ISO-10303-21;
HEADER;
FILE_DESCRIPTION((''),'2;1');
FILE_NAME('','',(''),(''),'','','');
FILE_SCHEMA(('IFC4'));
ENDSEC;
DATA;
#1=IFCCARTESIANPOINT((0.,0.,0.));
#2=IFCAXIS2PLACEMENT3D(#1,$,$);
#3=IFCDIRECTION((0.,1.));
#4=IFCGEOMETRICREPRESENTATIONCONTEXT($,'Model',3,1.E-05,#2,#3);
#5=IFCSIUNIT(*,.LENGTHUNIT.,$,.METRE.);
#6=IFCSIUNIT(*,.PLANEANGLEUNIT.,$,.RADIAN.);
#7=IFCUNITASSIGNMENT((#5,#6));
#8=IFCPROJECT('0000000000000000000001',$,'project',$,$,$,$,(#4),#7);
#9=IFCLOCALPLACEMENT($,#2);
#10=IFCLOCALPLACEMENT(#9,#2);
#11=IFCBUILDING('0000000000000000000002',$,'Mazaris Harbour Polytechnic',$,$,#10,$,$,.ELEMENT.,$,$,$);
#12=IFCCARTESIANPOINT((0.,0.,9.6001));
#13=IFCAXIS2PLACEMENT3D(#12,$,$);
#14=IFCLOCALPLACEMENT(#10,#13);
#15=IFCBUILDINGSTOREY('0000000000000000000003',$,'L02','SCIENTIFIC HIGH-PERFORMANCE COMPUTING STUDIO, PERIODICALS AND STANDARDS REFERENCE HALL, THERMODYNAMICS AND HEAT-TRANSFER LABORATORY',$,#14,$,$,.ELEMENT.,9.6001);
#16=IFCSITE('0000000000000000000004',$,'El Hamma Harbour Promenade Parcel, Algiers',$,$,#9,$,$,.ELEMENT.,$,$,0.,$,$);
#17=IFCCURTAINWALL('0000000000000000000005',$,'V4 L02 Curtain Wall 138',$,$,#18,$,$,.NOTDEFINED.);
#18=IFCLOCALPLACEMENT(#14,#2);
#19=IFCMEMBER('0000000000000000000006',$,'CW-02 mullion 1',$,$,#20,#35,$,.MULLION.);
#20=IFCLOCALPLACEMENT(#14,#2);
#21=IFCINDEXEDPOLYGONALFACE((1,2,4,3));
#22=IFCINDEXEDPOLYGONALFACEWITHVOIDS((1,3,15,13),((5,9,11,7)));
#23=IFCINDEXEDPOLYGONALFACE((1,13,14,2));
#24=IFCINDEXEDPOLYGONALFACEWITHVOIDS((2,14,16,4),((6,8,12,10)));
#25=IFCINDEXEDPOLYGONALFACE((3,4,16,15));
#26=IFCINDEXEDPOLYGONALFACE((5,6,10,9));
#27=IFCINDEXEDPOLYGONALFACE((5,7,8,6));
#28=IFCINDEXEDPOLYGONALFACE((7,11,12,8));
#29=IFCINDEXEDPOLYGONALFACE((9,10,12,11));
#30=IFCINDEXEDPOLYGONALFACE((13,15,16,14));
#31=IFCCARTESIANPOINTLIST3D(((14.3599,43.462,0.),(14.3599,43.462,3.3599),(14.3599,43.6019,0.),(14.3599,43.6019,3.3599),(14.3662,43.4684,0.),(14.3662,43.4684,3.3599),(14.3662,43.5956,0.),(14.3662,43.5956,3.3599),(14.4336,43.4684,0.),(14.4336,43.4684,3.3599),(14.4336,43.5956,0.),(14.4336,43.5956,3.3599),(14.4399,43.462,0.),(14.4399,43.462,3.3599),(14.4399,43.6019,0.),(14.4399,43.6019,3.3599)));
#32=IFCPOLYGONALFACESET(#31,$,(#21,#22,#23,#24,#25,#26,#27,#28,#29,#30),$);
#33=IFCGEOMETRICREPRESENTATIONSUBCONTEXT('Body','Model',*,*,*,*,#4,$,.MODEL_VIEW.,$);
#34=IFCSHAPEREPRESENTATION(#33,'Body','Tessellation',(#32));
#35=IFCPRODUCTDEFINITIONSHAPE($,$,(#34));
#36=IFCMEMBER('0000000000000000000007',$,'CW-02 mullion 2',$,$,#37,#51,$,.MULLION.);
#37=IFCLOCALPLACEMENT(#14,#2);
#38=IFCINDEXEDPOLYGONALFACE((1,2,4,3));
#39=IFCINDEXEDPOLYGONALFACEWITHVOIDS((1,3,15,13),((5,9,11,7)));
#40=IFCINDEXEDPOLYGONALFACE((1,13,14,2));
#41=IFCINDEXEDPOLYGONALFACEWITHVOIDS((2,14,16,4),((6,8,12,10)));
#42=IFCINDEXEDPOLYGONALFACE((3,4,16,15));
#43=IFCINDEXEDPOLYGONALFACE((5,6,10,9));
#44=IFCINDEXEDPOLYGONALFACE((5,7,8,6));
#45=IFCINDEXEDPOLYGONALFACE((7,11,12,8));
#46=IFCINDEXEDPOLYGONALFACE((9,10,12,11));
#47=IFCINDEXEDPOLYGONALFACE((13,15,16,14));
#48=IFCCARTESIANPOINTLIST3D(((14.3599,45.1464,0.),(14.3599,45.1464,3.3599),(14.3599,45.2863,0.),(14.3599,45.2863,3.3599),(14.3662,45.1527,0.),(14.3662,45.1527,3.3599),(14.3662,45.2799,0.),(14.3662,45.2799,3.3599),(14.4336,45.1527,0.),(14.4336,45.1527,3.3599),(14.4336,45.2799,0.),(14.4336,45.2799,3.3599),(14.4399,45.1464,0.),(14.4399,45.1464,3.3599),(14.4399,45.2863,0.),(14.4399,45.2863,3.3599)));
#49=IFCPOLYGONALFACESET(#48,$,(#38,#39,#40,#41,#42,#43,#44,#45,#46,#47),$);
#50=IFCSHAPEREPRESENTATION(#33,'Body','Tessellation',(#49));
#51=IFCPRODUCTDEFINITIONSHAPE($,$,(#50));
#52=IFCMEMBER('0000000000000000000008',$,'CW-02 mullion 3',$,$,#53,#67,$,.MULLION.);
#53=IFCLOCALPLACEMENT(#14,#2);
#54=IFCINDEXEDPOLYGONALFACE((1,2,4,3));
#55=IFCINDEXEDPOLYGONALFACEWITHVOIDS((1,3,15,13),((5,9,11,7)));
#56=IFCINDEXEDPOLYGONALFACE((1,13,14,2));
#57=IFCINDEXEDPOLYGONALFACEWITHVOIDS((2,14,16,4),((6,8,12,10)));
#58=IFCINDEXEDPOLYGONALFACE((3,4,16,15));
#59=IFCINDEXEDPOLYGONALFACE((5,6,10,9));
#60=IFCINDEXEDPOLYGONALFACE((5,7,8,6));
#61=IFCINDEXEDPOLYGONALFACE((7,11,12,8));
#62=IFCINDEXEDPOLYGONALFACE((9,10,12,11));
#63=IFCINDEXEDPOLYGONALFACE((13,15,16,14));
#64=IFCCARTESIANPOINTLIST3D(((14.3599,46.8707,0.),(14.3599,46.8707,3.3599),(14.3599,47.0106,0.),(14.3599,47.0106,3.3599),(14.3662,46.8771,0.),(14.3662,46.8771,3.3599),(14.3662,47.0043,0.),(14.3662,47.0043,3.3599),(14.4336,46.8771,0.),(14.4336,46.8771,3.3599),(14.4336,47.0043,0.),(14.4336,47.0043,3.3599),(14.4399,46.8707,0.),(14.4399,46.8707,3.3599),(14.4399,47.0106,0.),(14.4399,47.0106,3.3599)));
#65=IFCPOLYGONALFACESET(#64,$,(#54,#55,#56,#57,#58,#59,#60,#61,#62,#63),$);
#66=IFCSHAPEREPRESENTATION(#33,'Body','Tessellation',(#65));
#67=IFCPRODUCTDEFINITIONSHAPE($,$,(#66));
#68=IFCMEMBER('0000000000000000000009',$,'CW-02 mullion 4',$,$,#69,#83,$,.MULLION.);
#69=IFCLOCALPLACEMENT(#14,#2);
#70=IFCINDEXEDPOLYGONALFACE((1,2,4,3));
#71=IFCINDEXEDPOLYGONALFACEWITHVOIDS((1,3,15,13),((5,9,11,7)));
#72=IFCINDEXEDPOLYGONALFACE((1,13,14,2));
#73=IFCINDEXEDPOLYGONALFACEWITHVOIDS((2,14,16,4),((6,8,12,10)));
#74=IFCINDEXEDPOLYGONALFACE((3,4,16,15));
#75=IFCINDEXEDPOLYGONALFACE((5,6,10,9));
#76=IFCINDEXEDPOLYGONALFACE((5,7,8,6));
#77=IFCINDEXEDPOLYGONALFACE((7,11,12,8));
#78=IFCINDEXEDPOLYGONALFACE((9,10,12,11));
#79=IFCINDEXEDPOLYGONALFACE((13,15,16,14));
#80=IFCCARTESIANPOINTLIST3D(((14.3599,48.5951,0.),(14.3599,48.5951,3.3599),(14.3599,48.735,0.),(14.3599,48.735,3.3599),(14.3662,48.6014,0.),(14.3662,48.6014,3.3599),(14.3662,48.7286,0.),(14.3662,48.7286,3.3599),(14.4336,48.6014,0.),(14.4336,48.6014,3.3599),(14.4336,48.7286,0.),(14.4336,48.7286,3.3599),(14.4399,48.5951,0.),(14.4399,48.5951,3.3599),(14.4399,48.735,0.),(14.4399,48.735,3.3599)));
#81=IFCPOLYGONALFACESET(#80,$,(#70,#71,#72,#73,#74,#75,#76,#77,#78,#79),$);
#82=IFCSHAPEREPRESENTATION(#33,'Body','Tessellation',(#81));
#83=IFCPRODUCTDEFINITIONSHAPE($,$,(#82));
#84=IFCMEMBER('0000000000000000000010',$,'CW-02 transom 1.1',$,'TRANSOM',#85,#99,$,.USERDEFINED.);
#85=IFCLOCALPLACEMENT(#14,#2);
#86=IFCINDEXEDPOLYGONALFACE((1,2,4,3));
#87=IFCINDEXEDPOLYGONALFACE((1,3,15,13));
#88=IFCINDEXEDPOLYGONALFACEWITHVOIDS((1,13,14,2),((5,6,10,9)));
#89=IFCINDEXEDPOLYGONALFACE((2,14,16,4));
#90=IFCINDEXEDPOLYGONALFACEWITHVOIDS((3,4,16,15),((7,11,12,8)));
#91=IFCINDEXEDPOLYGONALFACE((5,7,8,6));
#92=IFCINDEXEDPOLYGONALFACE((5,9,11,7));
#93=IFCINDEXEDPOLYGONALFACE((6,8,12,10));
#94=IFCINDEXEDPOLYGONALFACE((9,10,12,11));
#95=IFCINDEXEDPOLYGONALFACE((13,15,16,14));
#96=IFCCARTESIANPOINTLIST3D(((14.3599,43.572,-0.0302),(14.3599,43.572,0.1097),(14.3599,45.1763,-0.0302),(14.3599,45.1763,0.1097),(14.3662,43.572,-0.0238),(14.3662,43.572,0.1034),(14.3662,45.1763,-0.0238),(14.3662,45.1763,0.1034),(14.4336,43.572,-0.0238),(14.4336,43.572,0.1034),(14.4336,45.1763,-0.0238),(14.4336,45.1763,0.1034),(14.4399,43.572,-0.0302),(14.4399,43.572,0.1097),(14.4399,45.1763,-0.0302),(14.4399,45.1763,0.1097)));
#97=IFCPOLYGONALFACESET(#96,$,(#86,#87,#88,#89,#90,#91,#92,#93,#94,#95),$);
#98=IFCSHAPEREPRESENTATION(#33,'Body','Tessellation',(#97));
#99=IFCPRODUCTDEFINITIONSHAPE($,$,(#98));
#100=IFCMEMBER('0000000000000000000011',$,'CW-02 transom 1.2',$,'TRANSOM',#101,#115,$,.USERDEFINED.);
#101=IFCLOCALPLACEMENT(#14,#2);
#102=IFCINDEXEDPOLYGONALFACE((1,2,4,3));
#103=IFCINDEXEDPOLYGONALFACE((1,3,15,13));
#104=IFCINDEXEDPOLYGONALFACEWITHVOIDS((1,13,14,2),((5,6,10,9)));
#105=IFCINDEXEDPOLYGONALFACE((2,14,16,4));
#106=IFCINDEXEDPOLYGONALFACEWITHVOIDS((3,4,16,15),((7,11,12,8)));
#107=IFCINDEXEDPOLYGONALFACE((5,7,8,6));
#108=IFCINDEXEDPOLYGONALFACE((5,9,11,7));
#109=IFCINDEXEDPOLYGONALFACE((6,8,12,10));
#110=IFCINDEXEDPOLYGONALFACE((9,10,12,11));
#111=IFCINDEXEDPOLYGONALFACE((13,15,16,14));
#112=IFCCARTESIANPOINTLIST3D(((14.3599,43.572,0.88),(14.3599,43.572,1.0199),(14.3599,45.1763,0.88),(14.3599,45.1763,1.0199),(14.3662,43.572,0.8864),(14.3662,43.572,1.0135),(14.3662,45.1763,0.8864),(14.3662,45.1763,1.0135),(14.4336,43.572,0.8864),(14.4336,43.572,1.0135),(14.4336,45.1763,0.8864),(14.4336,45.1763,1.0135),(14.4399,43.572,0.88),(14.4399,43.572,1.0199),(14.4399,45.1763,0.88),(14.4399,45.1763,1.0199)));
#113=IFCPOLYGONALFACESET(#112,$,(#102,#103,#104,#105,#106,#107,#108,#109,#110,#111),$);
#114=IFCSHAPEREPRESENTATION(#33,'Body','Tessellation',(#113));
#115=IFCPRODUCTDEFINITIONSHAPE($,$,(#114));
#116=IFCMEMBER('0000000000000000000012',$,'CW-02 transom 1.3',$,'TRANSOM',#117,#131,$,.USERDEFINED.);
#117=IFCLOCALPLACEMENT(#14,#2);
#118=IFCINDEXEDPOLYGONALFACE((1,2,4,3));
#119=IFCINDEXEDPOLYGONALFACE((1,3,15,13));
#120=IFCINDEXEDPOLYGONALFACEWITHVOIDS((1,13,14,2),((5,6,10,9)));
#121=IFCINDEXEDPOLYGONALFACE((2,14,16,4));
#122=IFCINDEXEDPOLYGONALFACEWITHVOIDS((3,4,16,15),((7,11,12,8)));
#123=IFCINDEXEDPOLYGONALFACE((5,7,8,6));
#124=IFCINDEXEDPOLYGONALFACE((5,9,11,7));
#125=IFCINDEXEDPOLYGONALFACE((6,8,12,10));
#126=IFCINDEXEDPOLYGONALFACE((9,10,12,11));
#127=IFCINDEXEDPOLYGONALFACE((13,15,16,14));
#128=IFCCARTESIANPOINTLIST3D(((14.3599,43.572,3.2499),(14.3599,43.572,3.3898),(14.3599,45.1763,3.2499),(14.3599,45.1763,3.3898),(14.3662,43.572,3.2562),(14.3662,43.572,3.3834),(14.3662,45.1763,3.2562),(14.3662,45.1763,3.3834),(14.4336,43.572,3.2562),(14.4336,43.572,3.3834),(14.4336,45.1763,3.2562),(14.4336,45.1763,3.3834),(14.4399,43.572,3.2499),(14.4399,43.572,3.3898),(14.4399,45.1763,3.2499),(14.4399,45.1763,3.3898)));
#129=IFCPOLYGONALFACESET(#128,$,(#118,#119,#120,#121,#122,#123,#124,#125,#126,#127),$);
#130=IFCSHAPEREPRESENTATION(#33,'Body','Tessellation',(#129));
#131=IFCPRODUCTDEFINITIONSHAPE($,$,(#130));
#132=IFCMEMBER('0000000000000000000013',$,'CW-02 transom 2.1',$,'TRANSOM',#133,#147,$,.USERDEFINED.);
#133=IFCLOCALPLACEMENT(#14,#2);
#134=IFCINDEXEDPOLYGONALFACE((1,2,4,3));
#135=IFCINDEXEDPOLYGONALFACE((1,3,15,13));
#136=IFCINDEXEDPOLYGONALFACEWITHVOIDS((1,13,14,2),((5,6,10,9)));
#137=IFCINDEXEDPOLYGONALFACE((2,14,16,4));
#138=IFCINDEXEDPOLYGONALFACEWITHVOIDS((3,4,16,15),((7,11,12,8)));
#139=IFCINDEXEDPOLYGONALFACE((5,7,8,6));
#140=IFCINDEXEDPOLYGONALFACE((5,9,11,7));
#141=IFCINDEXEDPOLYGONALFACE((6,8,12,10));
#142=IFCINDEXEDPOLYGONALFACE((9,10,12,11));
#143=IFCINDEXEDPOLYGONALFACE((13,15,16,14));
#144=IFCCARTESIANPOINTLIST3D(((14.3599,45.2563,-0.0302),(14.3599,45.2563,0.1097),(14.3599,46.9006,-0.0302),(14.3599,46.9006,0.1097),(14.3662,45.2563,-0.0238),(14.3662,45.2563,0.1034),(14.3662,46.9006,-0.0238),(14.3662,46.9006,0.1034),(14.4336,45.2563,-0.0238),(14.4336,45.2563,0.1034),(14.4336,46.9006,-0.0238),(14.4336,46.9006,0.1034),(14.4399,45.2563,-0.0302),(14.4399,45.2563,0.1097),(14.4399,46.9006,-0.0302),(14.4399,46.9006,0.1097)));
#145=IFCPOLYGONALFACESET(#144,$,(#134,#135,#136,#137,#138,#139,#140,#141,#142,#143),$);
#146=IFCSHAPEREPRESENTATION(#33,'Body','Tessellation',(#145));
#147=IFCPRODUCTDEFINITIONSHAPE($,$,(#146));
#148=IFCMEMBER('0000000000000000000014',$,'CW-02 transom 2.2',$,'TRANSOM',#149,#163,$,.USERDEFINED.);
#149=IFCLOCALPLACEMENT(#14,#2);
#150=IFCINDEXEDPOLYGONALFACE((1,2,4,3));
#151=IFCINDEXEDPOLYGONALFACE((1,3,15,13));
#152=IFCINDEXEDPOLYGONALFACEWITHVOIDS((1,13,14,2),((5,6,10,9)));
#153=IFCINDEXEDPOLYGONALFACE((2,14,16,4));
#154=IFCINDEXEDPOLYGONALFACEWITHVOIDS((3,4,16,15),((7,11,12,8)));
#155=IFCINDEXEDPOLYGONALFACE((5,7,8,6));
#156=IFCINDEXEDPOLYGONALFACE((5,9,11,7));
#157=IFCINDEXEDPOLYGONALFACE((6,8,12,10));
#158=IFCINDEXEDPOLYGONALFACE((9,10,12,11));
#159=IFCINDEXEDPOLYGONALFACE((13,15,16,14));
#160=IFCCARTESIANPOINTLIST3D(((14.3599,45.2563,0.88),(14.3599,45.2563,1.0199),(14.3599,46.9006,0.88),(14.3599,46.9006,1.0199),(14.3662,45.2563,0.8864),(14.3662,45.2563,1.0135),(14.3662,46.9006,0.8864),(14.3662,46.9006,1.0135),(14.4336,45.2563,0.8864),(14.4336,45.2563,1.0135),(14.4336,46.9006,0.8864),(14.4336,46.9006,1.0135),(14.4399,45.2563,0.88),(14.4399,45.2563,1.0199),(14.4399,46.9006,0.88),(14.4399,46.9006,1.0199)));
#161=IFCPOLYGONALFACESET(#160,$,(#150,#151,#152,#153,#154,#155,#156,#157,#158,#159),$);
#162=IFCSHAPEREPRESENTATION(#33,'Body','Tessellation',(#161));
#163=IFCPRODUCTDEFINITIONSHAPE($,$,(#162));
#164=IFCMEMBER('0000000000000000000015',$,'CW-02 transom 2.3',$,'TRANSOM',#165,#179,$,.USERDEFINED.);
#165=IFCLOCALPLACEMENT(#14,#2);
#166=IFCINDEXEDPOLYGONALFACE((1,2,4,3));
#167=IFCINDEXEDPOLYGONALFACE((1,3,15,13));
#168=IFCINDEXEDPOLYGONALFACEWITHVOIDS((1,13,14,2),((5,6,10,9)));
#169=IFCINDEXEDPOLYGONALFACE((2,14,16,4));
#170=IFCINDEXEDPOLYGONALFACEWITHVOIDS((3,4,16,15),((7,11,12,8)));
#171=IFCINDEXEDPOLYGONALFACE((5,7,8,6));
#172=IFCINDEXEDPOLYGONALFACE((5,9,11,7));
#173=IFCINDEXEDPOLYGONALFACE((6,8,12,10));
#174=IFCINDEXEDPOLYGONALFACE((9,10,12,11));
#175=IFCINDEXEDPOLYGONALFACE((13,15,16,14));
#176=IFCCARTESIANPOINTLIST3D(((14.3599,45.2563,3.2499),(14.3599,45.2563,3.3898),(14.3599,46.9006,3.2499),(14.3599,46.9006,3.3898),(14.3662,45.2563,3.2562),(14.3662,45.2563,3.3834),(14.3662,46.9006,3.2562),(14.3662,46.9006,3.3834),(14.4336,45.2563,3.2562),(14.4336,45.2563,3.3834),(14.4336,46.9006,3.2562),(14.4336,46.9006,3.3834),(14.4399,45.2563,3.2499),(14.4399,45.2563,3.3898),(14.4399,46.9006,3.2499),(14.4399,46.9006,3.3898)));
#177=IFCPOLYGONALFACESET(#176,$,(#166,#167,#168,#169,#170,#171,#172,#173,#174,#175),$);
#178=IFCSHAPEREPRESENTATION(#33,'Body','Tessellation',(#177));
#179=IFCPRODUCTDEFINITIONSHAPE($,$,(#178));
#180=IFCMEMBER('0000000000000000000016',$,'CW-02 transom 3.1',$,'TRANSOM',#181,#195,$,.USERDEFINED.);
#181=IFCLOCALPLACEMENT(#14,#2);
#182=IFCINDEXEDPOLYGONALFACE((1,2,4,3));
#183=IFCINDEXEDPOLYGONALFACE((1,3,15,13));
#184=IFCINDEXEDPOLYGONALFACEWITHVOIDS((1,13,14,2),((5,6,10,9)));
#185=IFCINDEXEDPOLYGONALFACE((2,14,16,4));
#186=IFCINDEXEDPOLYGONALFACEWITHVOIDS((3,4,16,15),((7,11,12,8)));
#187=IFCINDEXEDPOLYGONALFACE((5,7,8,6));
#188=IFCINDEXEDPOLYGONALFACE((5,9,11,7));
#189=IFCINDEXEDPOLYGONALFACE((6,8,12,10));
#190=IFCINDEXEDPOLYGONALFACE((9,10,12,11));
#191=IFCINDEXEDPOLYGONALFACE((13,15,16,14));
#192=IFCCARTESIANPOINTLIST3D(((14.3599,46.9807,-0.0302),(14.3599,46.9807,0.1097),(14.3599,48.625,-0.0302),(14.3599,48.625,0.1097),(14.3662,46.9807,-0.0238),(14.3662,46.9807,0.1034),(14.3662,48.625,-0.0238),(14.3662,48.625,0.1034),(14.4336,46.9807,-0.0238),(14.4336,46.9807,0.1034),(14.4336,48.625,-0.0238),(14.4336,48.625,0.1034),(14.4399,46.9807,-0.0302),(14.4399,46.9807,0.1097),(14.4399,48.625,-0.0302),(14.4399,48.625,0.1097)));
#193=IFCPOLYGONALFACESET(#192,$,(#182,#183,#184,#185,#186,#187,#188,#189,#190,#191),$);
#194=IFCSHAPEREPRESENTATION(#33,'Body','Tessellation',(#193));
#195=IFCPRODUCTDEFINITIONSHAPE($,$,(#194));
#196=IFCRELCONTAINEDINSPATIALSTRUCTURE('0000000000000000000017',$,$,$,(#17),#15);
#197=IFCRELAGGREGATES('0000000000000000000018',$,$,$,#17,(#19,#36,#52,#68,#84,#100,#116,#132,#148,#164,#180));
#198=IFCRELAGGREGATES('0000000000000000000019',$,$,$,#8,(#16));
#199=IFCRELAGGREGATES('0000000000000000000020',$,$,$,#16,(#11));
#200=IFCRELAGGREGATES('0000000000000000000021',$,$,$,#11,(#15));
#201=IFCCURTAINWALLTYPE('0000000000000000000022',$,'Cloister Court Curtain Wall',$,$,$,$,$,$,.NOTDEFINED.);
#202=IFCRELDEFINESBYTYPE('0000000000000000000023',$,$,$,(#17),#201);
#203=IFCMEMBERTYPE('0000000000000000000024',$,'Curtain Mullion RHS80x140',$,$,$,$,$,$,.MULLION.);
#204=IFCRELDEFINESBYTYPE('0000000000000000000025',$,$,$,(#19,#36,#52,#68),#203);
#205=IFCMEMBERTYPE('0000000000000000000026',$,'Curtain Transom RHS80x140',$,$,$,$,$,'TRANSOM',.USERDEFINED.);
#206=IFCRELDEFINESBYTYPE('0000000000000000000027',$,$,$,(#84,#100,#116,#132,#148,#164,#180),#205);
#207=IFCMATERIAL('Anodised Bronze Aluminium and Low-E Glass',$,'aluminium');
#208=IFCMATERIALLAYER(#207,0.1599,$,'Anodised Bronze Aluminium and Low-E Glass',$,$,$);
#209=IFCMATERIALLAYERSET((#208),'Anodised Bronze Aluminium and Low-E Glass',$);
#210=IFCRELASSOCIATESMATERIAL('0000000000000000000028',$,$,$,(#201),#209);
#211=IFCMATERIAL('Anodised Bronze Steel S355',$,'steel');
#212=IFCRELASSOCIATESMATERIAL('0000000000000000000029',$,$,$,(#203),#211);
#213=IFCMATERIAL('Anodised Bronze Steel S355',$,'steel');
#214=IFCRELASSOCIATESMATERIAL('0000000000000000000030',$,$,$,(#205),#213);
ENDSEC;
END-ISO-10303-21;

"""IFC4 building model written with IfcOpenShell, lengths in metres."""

from ifc_helpers import new_model, si_unit, direction, frame, origin, origin_2d, place, context, subcontext, project, spatial, hollow_rectangle, extrude, material, layer, layer_set, material_profile, profile_set, type_object, element, aggregate, save


model = new_model("IFC4")

# Units and contexts
model_context = context("Model", 3, precision=1e-05, world=origin(), true_north=direction((0.0, 1.0)))
body_context = subcontext(model_context, "Body", "Model", "MODEL_VIEW")
ifc_project = project(units=[si_unit("LENGTHUNIT", "METRE"), si_unit("PLANEANGLEUNIT", "RADIAN")], contexts=[model_context])

# Site, building, storey
site_placement = place(None, origin())
site = spatial("IfcSite", under=ifc_project, at=site_placement, Name="El Hamma Harbour Promenade Parcel, Algiers", CompositionType="ELEMENT", RefElevation=0.0)
building_placement = place(site_placement, origin())
building = spatial("IfcBuilding", under=site, at=building_placement, Name="Mazaris Harbour Polytechnic", CompositionType="ELEMENT")
storey_placement = place(building_placement, frame((0.0, 0.0, 9.6001)))
storey = spatial("IfcBuildingStorey", under=building, at=storey_placement, Name="L02", Description="SCIENTIFIC HIGH-PERFORMANCE COMPUTING STUDIO, PERIODICALS AND STANDARDS REFERENCE HALL, THERMODYNAMICS AND HEAT-TRANSFER LABORATORY", CompositionType="ELEMENT", Elevation=9.6001)

# Curtain wall, members
ifc_material_1 = material(Name="Anodised Bronze Aluminium and Low-E Glass", Category="aluminium")
ifc_layer_1 = layer(ifc_material_1, 0.1599, Name="Anodised Bronze Aluminium and Low-E Glass")
ifc_layer_set_1 = layer_set([ifc_layer_1], Name="Anodised Bronze Aluminium and Low-E Glass")
curtain_wall_type = type_object("IfcCurtainWallType", Name="Cloister Court Curtain Wall", PredefinedType="NOTDEFINED", material=ifc_layer_set_1)
curtain_wall_placement = place(storey_placement, origin())
curtain_wall = element("IfcCurtainWall", 1, at=curtain_wall_placement, inside=storey, type_object=curtain_wall_type, Name="V4 L02 Curtain Wall 138", PredefinedType="NOTDEFINED")
ifc_material_2 = material(Name="Anodised Bronze Steel S355", Category="steel")
ifc_material_profile_1 = material_profile(ifc_material_2, hollow_rectangle(XDim=0.0801, YDim=0.1399, WallThickness=0.0063, at=origin_2d()), Name="RHS 80x140x6.3")
ifc_profile_set_1 = profile_set([ifc_material_profile_1], Name="Anodised Bronze Steel S355")
member_type_1 = type_object("IfcMemberType", Name="Curtain Mullion RHS80x140", PredefinedType="MULLION", material=ifc_profile_set_1)
member_1_placement = place(storey_placement, frame((14.3999, 43.532, 0.0), z_axis=(0.0, 0.0, 1.0), x_axis=(-1.0, 0.0, 0.0)))
member_1 = element("IfcMember", 2, at=member_1_placement, type_object=member_type_1, Name="CW-02 mullion 1", PredefinedType="MULLION", context=body_context, shape_type="SweptSolid", body=[
    extrude(hollow_rectangle(XDim=0.0801, YDim=0.1399, WallThickness=0.0063, at=origin_2d()), origin(), (0.0, 0.0, 1.0), 3.3599),
])
member_2_placement = place(storey_placement, frame((14.3999, 45.2163, 0.0), z_axis=(0.0, 0.0, 1.0), x_axis=(-1.0, 0.0, 0.0)))
member_2 = element("IfcMember", 3, at=member_2_placement, type_object=member_type_1, Name="CW-02 mullion 2", PredefinedType="MULLION", context=body_context, shape_type="SweptSolid", body=[
    extrude(hollow_rectangle(XDim=0.0801, YDim=0.1399, WallThickness=0.0063, at=origin_2d()), origin(), (0.0, 0.0, 1.0), 3.3599),
])
member_3_placement = place(storey_placement, frame((14.3999, 46.9407, 0.0), z_axis=(0.0, 0.0, 1.0), x_axis=(-1.0, 0.0, 0.0)))
member_3 = element("IfcMember", 4, at=member_3_placement, type_object=member_type_1, Name="CW-02 mullion 3", PredefinedType="MULLION", context=body_context, shape_type="SweptSolid", body=[
    extrude(hollow_rectangle(XDim=0.0801, YDim=0.1399, WallThickness=0.0063, at=origin_2d()), origin(), (0.0, 0.0, 1.0), 3.3599),
])
member_4_placement = place(storey_placement, frame((14.3999, 48.665, 0.0), z_axis=(0.0, 0.0, 1.0), x_axis=(-1.0, 0.0, 0.0)))
member_4 = element("IfcMember", 5, at=member_4_placement, type_object=member_type_1, Name="CW-02 mullion 4", PredefinedType="MULLION", context=body_context, shape_type="SweptSolid", body=[
    extrude(hollow_rectangle(XDim=0.0801, YDim=0.1399, WallThickness=0.0063, at=origin_2d()), origin(), (0.0, 0.0, 1.0), 3.3599),
])
ifc_material_3 = material(Name="Anodised Bronze Steel S355", Category="steel")
ifc_material_profile_2 = material_profile(ifc_material_3, hollow_rectangle(XDim=0.0801, YDim=0.1399, WallThickness=0.0063, at=origin_2d()), Name="RHS 80x140x6.3")
ifc_profile_set_2 = profile_set([ifc_material_profile_2], Name="Anodised Bronze Steel S355")
member_type_2 = type_object("IfcMemberType", Name="Curtain Transom RHS80x140", ElementType="TRANSOM", PredefinedType="USERDEFINED", material=ifc_profile_set_2)
member_5_placement = place(storey_placement, frame((14.3999, 43.572, 0.0398), z_axis=(0.0, 1.0, 0.0), x_axis=(-1.0, 0.0, 0.0)))
member_5 = element("IfcMember", 6, at=member_5_placement, type_object=member_type_2, Name="CW-02 transom 1.1", ObjectType="TRANSOM", PredefinedType="USERDEFINED", context=body_context, shape_type="SweptSolid", body=[
    extrude(hollow_rectangle(XDim=0.0801, YDim=0.1399, WallThickness=0.0063, at=origin_2d()), origin(), (0.0, 0.0, 1.0), 1.6042),
])
member_6_placement = place(storey_placement, frame((14.3999, 43.572, 0.95), z_axis=(0.0, 1.0, 0.0), x_axis=(-1.0, 0.0, 0.0)))
member_6 = element("IfcMember", 7, at=member_6_placement, type_object=member_type_2, Name="CW-02 transom 1.2", ObjectType="TRANSOM", PredefinedType="USERDEFINED", context=body_context, shape_type="SweptSolid", body=[
    extrude(hollow_rectangle(XDim=0.0801, YDim=0.1399, WallThickness=0.0063, at=origin_2d()), origin(), (0.0, 0.0, 1.0), 1.6042),
])
member_7_placement = place(storey_placement, frame((14.3999, 43.572, 3.3198), z_axis=(0.0, 1.0, 0.0), x_axis=(-1.0, 0.0, 0.0)))
member_7 = element("IfcMember", 8, at=member_7_placement, type_object=member_type_2, Name="CW-02 transom 1.3", ObjectType="TRANSOM", PredefinedType="USERDEFINED", context=body_context, shape_type="SweptSolid", body=[
    extrude(hollow_rectangle(XDim=0.0801, YDim=0.1399, WallThickness=0.0063, at=origin_2d()), origin(), (0.0, 0.0, 1.0), 1.6042),
])
member_8_placement = place(storey_placement, frame((14.3999, 45.2563, 0.0398), z_axis=(0.0, 1.0, 0.0), x_axis=(-1.0, 0.0, 0.0)))
member_8 = element("IfcMember", 9, at=member_8_placement, type_object=member_type_2, Name="CW-02 transom 2.1", ObjectType="TRANSOM", PredefinedType="USERDEFINED", context=body_context, shape_type="SweptSolid", body=[
    extrude(hollow_rectangle(XDim=0.0801, YDim=0.1399, WallThickness=0.0063, at=origin_2d()), origin(), (0.0, 0.0, 1.0), 1.6443),
])
member_9_placement = place(storey_placement, frame((14.3999, 45.2563, 0.95), z_axis=(0.0, 1.0, 0.0), x_axis=(-1.0, 0.0, 0.0)))
member_9 = element("IfcMember", 10, at=member_9_placement, type_object=member_type_2, Name="CW-02 transom 2.2", ObjectType="TRANSOM", PredefinedType="USERDEFINED", context=body_context, shape_type="SweptSolid", body=[
    extrude(hollow_rectangle(XDim=0.0801, YDim=0.1399, WallThickness=0.0063, at=origin_2d()), origin(), (0.0, 0.0, 1.0), 1.6443),
])
member_10_placement = place(storey_placement, frame((14.3999, 45.2563, 3.3198), z_axis=(0.0, 1.0, 0.0), x_axis=(-1.0, 0.0, 0.0)))
member_10 = element("IfcMember", 11, at=member_10_placement, type_object=member_type_2, Name="CW-02 transom 2.3", ObjectType="TRANSOM", PredefinedType="USERDEFINED", context=body_context, shape_type="SweptSolid", body=[
    extrude(hollow_rectangle(XDim=0.0801, YDim=0.1399, WallThickness=0.0063, at=origin_2d()), origin(), (0.0, 0.0, 1.0), 1.6443),
])
member_11_placement = place(storey_placement, frame((14.3999, 46.9807, 0.0398), z_axis=(0.0, 1.0, 0.0), x_axis=(-1.0, 0.0, 0.0)))
member_11 = element("IfcMember", 12, at=member_11_placement, type_object=member_type_2, Name="CW-02 transom 3.1", ObjectType="TRANSOM", PredefinedType="USERDEFINED", context=body_context, shape_type="SweptSolid", body=[
    extrude(hollow_rectangle(XDim=0.0801, YDim=0.1399, WallThickness=0.0063, at=origin_2d()), origin(), (0.0, 0.0, 1.0), 1.6443),
])

aggregate(curtain_wall, [member_1, member_2, member_3, member_4, member_5, member_6, member_7, member_8, member_9, member_10, member_11])

save(model, "model.ifc")
